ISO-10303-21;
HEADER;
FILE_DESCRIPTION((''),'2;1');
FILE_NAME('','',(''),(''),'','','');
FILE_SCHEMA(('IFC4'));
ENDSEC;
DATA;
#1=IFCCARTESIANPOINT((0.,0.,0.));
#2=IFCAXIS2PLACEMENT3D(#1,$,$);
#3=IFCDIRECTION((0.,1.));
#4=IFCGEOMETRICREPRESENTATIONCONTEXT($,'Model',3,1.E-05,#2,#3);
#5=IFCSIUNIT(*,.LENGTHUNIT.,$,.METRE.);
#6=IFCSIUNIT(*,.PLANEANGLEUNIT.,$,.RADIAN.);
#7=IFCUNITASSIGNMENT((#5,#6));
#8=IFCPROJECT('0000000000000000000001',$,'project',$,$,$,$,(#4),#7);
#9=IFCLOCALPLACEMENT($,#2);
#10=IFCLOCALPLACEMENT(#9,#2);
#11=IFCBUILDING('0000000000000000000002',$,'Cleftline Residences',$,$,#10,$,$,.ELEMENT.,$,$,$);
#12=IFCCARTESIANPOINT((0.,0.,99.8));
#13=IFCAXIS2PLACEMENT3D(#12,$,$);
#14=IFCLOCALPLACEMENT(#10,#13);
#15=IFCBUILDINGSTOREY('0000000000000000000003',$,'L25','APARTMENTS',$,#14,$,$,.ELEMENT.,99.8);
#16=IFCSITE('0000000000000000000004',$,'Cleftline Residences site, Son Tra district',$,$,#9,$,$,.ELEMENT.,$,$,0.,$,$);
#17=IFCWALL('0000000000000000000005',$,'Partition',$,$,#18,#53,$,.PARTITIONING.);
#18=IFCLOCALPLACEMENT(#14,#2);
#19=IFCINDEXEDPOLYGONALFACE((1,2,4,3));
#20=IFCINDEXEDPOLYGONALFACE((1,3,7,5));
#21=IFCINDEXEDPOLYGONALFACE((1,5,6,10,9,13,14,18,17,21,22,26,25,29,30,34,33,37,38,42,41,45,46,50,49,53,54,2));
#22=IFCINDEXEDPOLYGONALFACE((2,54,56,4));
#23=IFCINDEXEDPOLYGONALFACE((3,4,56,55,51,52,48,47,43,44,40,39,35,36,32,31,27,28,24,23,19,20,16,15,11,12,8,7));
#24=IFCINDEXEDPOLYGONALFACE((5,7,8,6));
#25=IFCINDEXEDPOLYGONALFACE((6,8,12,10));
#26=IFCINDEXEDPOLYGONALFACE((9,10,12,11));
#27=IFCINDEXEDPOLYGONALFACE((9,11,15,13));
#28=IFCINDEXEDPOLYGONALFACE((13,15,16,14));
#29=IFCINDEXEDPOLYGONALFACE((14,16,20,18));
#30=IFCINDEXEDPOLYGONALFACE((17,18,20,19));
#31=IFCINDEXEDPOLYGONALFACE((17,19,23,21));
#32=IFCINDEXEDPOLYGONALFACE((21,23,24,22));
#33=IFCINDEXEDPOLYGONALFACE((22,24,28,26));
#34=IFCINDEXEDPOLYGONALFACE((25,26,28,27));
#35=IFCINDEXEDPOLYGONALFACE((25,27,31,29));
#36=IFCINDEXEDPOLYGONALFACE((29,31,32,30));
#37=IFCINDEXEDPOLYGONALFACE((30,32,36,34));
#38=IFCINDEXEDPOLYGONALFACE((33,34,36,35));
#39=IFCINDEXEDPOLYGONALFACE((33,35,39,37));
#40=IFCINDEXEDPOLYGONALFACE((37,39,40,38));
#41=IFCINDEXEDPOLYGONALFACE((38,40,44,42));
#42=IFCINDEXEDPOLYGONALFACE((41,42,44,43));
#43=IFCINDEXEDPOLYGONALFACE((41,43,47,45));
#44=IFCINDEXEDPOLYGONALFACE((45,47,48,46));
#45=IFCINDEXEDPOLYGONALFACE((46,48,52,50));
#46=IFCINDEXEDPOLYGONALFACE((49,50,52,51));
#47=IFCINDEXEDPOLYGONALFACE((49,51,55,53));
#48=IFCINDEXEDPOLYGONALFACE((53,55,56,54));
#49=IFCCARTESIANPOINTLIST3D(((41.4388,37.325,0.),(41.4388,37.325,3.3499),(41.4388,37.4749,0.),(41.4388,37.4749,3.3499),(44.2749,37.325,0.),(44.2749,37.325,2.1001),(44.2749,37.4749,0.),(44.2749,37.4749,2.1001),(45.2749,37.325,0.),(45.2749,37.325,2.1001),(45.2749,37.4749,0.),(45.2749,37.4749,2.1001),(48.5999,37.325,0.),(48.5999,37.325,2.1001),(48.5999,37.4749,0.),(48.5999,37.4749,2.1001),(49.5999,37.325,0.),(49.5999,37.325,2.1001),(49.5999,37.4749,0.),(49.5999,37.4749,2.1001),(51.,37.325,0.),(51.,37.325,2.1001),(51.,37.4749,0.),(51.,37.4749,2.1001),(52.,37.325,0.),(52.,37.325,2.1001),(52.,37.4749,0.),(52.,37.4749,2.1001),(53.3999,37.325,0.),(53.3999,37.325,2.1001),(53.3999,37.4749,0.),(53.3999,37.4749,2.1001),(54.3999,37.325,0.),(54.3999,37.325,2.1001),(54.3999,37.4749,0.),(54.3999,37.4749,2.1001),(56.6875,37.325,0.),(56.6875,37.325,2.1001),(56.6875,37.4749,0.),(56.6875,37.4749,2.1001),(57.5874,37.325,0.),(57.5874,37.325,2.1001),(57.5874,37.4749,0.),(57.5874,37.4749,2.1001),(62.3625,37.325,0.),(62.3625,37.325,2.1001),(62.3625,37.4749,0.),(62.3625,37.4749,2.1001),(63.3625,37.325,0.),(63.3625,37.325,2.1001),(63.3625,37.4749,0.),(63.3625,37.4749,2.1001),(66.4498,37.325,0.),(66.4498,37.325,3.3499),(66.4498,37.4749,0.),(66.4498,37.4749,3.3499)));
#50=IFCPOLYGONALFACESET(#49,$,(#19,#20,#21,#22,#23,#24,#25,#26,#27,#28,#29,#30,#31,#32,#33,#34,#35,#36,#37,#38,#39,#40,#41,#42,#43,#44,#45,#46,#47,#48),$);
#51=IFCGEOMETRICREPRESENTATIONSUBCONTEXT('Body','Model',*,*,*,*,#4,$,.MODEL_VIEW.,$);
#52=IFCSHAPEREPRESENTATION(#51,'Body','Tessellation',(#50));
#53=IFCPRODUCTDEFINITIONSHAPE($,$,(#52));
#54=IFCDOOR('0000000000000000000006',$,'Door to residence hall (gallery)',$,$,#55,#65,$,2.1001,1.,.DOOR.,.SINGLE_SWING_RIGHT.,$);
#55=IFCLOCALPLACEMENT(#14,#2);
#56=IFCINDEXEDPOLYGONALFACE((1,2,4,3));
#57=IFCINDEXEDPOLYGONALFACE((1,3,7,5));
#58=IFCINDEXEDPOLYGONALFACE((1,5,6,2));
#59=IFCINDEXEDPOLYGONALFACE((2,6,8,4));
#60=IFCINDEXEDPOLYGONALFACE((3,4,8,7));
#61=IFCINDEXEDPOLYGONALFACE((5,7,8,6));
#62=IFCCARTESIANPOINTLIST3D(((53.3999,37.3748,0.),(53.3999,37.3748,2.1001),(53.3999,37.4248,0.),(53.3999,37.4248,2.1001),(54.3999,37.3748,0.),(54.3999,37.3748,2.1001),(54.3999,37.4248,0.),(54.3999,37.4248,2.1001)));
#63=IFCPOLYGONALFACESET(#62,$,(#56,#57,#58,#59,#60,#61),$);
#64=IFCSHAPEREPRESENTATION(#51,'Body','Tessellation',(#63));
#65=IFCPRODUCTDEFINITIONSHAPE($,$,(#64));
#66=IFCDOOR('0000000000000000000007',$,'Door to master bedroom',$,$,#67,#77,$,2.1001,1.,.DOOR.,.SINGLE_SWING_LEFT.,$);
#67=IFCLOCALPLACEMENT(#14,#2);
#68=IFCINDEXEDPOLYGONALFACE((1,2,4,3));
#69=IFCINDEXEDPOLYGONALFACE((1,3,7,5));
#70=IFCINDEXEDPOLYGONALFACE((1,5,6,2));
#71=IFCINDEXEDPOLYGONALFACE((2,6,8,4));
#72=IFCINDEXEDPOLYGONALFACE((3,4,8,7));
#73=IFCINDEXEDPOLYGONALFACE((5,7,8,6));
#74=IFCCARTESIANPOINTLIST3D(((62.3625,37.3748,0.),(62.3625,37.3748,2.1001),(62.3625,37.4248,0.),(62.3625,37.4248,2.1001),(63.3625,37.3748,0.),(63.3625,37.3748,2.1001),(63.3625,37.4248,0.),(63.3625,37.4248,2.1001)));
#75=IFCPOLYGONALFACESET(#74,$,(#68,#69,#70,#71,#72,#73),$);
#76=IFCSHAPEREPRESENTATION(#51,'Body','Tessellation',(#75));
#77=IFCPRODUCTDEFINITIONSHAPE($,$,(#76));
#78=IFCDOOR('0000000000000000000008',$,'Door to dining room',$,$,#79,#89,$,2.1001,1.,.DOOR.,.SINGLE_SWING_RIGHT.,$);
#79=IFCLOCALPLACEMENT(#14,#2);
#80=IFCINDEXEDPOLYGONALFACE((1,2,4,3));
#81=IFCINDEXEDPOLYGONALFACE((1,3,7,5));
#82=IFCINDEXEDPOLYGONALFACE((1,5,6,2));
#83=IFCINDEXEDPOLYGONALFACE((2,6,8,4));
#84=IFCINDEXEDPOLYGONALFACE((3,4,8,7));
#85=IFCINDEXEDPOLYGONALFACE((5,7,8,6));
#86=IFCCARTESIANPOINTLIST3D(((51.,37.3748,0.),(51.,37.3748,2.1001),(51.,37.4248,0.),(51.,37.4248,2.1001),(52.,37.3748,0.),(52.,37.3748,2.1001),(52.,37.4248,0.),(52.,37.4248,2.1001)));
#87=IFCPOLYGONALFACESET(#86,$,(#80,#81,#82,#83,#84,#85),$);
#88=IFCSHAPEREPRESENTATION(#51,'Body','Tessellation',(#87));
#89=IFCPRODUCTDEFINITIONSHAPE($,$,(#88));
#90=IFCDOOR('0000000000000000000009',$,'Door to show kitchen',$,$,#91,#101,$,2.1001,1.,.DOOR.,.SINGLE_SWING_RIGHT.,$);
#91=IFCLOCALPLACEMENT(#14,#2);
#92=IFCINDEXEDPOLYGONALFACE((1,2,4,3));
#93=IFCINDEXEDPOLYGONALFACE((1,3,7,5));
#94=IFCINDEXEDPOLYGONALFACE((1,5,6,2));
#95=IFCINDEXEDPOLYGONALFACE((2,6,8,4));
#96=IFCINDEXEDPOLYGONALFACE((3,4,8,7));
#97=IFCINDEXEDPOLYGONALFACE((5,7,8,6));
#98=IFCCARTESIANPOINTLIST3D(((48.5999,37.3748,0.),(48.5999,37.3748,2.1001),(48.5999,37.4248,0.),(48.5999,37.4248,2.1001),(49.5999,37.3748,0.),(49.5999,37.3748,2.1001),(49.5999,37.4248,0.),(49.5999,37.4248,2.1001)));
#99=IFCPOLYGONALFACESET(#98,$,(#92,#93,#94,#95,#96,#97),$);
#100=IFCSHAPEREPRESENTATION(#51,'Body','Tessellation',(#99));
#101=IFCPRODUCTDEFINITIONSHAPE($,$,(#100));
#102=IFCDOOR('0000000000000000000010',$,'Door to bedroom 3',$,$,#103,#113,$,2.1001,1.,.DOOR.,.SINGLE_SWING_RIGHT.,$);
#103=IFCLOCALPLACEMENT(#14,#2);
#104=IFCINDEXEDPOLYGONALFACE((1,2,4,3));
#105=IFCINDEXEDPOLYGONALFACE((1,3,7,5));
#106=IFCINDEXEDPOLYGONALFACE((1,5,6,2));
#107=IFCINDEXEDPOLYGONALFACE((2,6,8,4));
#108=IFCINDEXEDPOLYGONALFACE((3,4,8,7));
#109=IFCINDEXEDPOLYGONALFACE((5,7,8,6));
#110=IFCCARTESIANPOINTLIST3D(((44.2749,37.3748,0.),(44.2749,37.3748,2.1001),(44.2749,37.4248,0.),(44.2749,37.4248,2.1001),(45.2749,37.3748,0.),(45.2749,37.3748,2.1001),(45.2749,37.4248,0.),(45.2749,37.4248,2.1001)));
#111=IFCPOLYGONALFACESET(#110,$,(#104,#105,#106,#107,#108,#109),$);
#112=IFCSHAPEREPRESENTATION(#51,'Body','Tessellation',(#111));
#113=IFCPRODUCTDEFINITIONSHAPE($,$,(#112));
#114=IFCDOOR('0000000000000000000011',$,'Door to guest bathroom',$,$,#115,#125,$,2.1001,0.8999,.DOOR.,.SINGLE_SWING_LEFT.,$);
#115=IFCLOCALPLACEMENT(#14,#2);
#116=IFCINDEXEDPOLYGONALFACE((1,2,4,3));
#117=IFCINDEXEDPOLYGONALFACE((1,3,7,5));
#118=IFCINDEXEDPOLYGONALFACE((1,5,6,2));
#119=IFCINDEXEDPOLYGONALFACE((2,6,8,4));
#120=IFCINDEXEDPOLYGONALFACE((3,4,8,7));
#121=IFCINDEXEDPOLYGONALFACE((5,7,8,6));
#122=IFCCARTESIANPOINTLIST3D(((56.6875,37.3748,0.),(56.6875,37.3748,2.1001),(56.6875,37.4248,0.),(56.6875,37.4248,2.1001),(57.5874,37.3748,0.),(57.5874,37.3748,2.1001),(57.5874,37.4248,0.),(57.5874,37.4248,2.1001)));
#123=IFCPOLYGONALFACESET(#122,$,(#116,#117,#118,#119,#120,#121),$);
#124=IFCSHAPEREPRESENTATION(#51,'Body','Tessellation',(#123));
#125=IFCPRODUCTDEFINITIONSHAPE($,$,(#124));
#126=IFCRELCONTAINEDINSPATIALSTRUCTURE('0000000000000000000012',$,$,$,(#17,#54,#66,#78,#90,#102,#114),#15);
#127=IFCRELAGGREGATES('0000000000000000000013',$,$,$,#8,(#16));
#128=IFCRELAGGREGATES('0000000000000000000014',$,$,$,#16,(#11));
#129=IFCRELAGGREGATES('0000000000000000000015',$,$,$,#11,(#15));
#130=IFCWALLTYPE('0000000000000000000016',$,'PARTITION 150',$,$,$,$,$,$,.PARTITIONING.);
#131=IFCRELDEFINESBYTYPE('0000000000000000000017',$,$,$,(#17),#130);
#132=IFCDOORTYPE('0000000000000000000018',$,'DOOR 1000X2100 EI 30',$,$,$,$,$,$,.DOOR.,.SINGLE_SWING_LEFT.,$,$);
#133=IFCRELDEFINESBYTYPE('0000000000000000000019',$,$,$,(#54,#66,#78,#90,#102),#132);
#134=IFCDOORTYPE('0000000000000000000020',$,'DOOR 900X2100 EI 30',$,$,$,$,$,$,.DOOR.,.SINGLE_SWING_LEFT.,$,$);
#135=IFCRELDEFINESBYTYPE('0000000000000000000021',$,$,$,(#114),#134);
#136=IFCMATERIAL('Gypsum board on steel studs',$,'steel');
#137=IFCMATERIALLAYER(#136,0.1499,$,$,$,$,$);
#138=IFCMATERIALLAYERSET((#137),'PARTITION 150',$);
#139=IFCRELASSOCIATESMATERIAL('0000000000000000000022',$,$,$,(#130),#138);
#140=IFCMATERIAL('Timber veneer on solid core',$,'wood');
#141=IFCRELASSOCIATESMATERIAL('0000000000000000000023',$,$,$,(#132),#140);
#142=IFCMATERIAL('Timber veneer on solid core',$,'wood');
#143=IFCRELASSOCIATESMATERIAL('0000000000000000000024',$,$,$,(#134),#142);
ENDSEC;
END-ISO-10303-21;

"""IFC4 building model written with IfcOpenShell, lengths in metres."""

from ifc_helpers import new_model, si_unit, direction, frame, frame_2d, origin, place, context, subcontext, project, spatial, rectangle, extrude, material, layer, layer_set, type_object, element, fill, save


model = new_model("IFC4")

# Units and contexts
model_context = context("Model", 3, precision=1e-05, world=origin(), true_north=direction((0.0, 1.0)))
body_context = subcontext(model_context, "Body", "Model", "MODEL_VIEW")
ifc_project = project(units=[si_unit("LENGTHUNIT", "METRE"), si_unit("PLANEANGLEUNIT", "RADIAN")], contexts=[model_context])

# Site, building, storey
site_placement = place(None, origin())
site = spatial("IfcSite", under=ifc_project, at=site_placement, Name="Cleftline Residences site, Son Tra district", CompositionType="ELEMENT", RefElevation=0.0)
building_placement = place(site_placement, origin())
building = spatial("IfcBuilding", under=site, at=building_placement, Name="Cleftline Residences", CompositionType="ELEMENT")
storey_placement = place(building_placement, frame((0.0, 0.0, 99.8)))
storey = spatial("IfcBuildingStorey", under=building, at=storey_placement, Name="L25", Description="APARTMENTS", CompositionType="ELEMENT", Elevation=99.8)

# Wall, openings, doors
ifc_material_1 = material(Name="Gypsum board on steel studs", Category="steel")
ifc_layer_1 = layer(ifc_material_1, 0.1499)
ifc_layer_set_1 = layer_set([ifc_layer_1], Name="PARTITION 150")
wall_type = type_object("IfcWallType", Name="PARTITION 150", PredefinedType="PARTITIONING", material=ifc_layer_set_1)
wall_1_placement = place(storey_placement, frame((41.439, 37.3999, 0.0), z_axis=(0.0, 0.0, 1.0), x_axis=(1.0, 0.0, 0.0)))
wall_1 = element("IfcWall", 1, at=wall_1_placement, inside=storey, type_object=wall_type, Name="Partition", PredefinedType="PARTITIONING", context=body_context, shape_type="SweptSolid", body=[
    extrude(rectangle(XDim=25.011, YDim=0.1499, at=frame_2d((12.5054, 0.0))), origin(), (0.0, 0.0, 1.0), 3.3499),
])
opening_1_placement = place(wall_1_placement, frame((11.9609, 0.0, 0.0)))
opening_1 = element("IfcOpeningElement", 2, at=opening_1_placement, cuts=wall_1, PredefinedType="OPENING", context=body_context, shape_type="SweptSolid", body=[
    extrude(rectangle(XDim=1.0, YDim=2.1001, at=frame_2d((0.5, 1.05))), frame((0.0, 0.085, 0.0), z_axis=(0.0, -1.0, 0.0), x_axis=(1.0, 0.0, 0.0)), (0.0, 0.0, 1.0), 0.1699),
])
opening_2_placement = place(wall_1_placement, frame((20.9236, 0.0, 0.0)))
opening_2 = element("IfcOpeningElement", 3, at=opening_2_placement, cuts=wall_1, PredefinedType="OPENING", context=body_context, shape_type="SweptSolid", body=[
    extrude(rectangle(XDim=1.0, YDim=2.1001, at=frame_2d((0.5, 1.05))), frame((0.0, 0.085, 0.0), z_axis=(0.0, -1.0, 0.0), x_axis=(1.0, 0.0, 0.0)), (0.0, 0.0, 1.0), 0.1699),
])
opening_3_placement = place(wall_1_placement, frame((15.2485, 0.0, 0.0)))
opening_3 = element("IfcOpeningElement", 4, at=opening_3_placement, cuts=wall_1, PredefinedType="OPENING", context=body_context, shape_type="SweptSolid", body=[
    extrude(rectangle(XDim=0.8999, YDim=2.1001, at=frame_2d((0.45, 1.05))), frame((0.0, 0.085, 0.0), z_axis=(0.0, -1.0, 0.0), x_axis=(1.0, 0.0, 0.0)), (0.0, 0.0, 1.0), 0.1699),
])
opening_4_placement = place(wall_1_placement, frame((9.561, 0.0, 0.0)))
opening_4 = element("IfcOpeningElement", 5, at=opening_4_placement, cuts=wall_1, PredefinedType="OPENING", context=body_context, shape_type="SweptSolid", body=[
    extrude(rectangle(XDim=1.0, YDim=2.1001, at=frame_2d((0.5, 1.05))), frame((0.0, 0.085, 0.0), z_axis=(0.0, -1.0, 0.0), x_axis=(1.0, 0.0, 0.0)), (0.0, 0.0, 1.0), 0.1699),
])
opening_5_placement = place(wall_1_placement, frame((7.1609, 0.0, 0.0)))
opening_5 = element("IfcOpeningElement", 6, at=opening_5_placement, cuts=wall_1, PredefinedType="OPENING", context=body_context, shape_type="SweptSolid", body=[
    extrude(rectangle(XDim=1.0, YDim=2.1001, at=frame_2d((0.5, 1.05))), frame((0.0, 0.085, 0.0), z_axis=(0.0, -1.0, 0.0), x_axis=(1.0, 0.0, 0.0)), (0.0, 0.0, 1.0), 0.1699),
])
opening_6_placement = place(wall_1_placement, frame((2.8359, 0.0, 0.0)))
opening_6 = element("IfcOpeningElement", 7, at=opening_6_placement, cuts=wall_1, PredefinedType="OPENING", context=body_context, shape_type="SweptSolid", body=[
    extrude(rectangle(XDim=1.0, YDim=2.1001, at=frame_2d((0.5, 1.05))), frame((0.0, 0.085, 0.0), z_axis=(0.0, -1.0, 0.0), x_axis=(1.0, 0.0, 0.0)), (0.0, 0.0, 1.0), 0.1699),
])
ifc_material_2 = material(Name="Timber veneer on solid core", Category="wood")
door_type_1 = type_object("IfcDoorType", Name="DOOR 1000X2100 EI 30", OperationType="SINGLE_SWING_LEFT", PredefinedType="DOOR", material=ifc_material_2)
door_1_placement = place(opening_1_placement, origin())
door_1 = element("IfcDoor", 8, at=door_1_placement, inside=storey, type_object=door_type_1, Name="Door to residence hall (gallery)", OperationType="SINGLE_SWING_RIGHT", OverallHeight=2.1001, OverallWidth=1.0, PredefinedType="DOOR", context=body_context, shape_type="SweptSolid", body=[
    extrude(rectangle(XDim=1.0, YDim=2.1001, at=frame_2d((0.5, 1.05))), frame((0.0, 0.0249, 0.0), z_axis=(0.0, -1.0, 0.0), x_axis=(1.0, 0.0, 0.0)), (0.0, 0.0, 1.0), 0.05),
])
fill(opening_1, door_1)
door_2_placement = place(opening_2_placement, origin())
door_2 = element("IfcDoor", 9, at=door_2_placement, inside=storey, type_object=door_type_1, Name="Door to master bedroom", OperationType="SINGLE_SWING_LEFT", OverallHeight=2.1001, OverallWidth=1.0, PredefinedType="DOOR", context=body_context, shape_type="SweptSolid", body=[
    extrude(rectangle(XDim=1.0, YDim=2.1001, at=frame_2d((0.5, 1.05))), frame((0.0, 0.0249, 0.0), z_axis=(0.0, -1.0, 0.0), x_axis=(1.0, 0.0, 0.0)), (0.0, 0.0, 1.0), 0.05),
])
fill(opening_2, door_2)
door_3_placement = place(opening_4_placement, origin())
door_3 = element("IfcDoor", 10, at=door_3_placement, inside=storey, type_object=door_type_1, Name="Door to dining room", OperationType="SINGLE_SWING_RIGHT", OverallHeight=2.1001, OverallWidth=1.0, PredefinedType="DOOR", context=body_context, shape_type="SweptSolid", body=[
    extrude(rectangle(XDim=1.0, YDim=2.1001, at=frame_2d((0.5, 1.05))), frame((0.0, 0.0249, 0.0), z_axis=(0.0, -1.0, 0.0), x_axis=(1.0, 0.0, 0.0)), (0.0, 0.0, 1.0), 0.05),
])
fill(opening_4, door_3)
door_4_placement = place(opening_5_placement, origin())
door_4 = element("IfcDoor", 11, at=door_4_placement, inside=storey, type_object=door_type_1, Name="Door to show kitchen", OperationType="SINGLE_SWING_RIGHT", OverallHeight=2.1001, OverallWidth=1.0, PredefinedType="DOOR", context=body_context, shape_type="SweptSolid", body=[
    extrude(rectangle(XDim=1.0, YDim=2.1001, at=frame_2d((0.5, 1.05))), frame((0.0, 0.0249, 0.0), z_axis=(0.0, -1.0, 0.0), x_axis=(1.0, 0.0, 0.0)), (0.0, 0.0, 1.0), 0.05),
])
fill(opening_5, door_4)
door_5_placement = place(opening_6_placement, origin())
door_5 = element("IfcDoor", 12, at=door_5_placement, inside=storey, type_object=door_type_1, Name="Door to bedroom 3", OperationType="SINGLE_SWING_RIGHT", OverallHeight=2.1001, OverallWidth=1.0, PredefinedType="DOOR", context=body_context, shape_type="SweptSolid", body=[
    extrude(rectangle(XDim=1.0, YDim=2.1001, at=frame_2d((0.5, 1.05))), frame((0.0, 0.0249, 0.0), z_axis=(0.0, -1.0, 0.0), x_axis=(1.0, 0.0, 0.0)), (0.0, 0.0, 1.0), 0.05),
])
fill(opening_6, door_5)
ifc_material_3 = material(Name="Timber veneer on solid core", Category="wood")
door_type_2 = type_object("IfcDoorType", Name="DOOR 900X2100 EI 30", OperationType="SINGLE_SWING_LEFT", PredefinedType="DOOR", material=ifc_material_3)
door_6_placement = place(opening_3_placement, origin())
door_6 = element("IfcDoor", 13, at=door_6_placement, inside=storey, type_object=door_type_2, Name="Door to guest bathroom", OperationType="SINGLE_SWING_LEFT", OverallHeight=2.1001, OverallWidth=0.8999, PredefinedType="DOOR", context=body_context, shape_type="SweptSolid", body=[
    extrude(rectangle(XDim=0.8999, YDim=2.1001, at=frame_2d((0.45, 1.05))), frame((0.0, 0.0249, 0.0), z_axis=(0.0, -1.0, 0.0), x_axis=(1.0, 0.0, 0.0)), (0.0, 0.0, 1.0), 0.05),
])
fill(opening_3, door_6)

save(model, "model.ifc")
